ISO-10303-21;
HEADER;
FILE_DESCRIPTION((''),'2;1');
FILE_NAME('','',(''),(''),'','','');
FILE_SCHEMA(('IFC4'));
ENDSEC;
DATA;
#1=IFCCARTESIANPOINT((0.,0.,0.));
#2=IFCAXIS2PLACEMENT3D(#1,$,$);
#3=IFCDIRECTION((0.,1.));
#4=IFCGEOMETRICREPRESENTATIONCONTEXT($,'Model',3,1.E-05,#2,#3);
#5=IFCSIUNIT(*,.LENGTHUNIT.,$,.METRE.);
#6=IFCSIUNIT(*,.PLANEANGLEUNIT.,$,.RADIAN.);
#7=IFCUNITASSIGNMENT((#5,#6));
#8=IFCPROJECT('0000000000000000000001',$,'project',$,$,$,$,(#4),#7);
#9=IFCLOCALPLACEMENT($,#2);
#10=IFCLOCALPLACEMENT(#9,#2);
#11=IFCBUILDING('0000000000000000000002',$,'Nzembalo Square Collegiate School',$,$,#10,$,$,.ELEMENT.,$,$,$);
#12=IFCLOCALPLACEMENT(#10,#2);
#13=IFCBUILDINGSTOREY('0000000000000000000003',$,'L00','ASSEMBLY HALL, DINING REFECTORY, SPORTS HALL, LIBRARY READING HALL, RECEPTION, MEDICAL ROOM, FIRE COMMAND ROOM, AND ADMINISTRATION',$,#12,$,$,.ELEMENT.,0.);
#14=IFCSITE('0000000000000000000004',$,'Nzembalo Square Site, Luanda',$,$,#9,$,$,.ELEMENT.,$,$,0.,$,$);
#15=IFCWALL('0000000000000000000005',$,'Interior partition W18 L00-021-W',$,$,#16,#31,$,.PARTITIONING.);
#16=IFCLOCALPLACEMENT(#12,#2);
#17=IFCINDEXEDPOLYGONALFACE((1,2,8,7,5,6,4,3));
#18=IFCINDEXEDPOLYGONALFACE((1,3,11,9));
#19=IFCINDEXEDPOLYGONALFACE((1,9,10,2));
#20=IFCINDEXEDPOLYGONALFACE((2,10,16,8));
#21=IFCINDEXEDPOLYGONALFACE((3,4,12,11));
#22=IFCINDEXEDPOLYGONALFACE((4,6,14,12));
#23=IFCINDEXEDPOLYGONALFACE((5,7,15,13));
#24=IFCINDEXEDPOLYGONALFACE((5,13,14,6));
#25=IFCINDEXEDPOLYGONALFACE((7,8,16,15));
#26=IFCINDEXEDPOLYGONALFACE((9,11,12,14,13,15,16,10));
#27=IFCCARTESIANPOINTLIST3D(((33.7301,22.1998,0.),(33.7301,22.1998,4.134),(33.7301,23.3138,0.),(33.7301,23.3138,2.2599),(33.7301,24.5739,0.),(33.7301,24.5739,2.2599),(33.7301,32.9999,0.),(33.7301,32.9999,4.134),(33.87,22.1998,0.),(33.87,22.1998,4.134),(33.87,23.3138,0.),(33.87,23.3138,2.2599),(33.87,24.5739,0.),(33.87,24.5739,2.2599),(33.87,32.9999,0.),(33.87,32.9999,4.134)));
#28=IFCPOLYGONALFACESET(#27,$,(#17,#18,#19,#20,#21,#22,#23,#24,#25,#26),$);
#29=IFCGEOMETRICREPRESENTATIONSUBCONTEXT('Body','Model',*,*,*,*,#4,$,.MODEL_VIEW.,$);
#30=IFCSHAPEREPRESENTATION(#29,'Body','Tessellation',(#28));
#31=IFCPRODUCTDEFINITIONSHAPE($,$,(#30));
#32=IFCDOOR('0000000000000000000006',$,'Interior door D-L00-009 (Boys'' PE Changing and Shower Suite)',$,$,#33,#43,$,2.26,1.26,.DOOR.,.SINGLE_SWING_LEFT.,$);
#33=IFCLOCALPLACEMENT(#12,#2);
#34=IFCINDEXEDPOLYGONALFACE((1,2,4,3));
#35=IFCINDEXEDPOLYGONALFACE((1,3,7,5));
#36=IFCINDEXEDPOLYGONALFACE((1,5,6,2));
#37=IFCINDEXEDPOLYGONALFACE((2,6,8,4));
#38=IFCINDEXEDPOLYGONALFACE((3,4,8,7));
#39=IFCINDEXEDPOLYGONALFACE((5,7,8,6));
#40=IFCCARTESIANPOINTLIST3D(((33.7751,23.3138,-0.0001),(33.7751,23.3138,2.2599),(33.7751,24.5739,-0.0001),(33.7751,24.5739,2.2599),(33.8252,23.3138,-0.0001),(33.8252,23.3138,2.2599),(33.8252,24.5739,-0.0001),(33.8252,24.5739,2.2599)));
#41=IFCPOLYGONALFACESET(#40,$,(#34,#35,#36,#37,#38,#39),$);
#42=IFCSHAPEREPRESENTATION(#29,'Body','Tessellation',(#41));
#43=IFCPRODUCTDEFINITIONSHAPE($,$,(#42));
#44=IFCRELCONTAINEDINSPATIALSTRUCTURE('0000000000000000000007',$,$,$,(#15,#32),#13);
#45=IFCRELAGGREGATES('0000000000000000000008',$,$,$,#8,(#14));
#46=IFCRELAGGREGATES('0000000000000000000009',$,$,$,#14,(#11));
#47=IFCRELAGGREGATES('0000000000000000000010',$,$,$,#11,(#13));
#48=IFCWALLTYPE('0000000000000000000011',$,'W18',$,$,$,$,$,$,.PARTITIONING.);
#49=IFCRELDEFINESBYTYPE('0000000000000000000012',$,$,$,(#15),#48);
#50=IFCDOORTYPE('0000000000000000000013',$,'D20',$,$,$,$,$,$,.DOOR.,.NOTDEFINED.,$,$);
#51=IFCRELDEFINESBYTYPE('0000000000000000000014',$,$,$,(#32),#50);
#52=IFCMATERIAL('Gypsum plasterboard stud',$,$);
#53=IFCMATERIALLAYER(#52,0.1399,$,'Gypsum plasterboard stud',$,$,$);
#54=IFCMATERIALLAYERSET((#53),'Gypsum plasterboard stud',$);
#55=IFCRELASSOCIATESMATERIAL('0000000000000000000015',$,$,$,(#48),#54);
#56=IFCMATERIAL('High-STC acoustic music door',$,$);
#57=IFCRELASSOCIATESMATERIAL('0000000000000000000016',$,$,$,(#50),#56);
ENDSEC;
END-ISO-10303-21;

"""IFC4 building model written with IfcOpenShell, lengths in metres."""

from ifc_helpers import new_model, si_unit, direction, frame, frame_2d, origin, place, context, subcontext, project, spatial, rectangle, extrude, material, layer, layer_set, type_object, element, fill, save


model = new_model("IFC4")

# Units and contexts
model_context = context("Model", 3, precision=1e-05, world=origin(), true_north=direction((0.0, 1.0)))
body_context = subcontext(model_context, "Body", "Model", "MODEL_VIEW")
ifc_project = project(units=[si_unit("LENGTHUNIT", "METRE"), si_unit("PLANEANGLEUNIT", "RADIAN")], contexts=[model_context])

# Site, building, storey
site_placement = place(None, origin())
site = spatial("IfcSite", under=ifc_project, at=site_placement, Name="Nzembalo Square Site, Luanda", CompositionType="ELEMENT", RefElevation=0.0)
building_placement = place(site_placement, origin())
building = spatial("IfcBuilding", under=site, at=building_placement, Name="Nzembalo Square Collegiate School", CompositionType="ELEMENT")
storey_placement = place(building_placement, origin())
storey = spatial("IfcBuildingStorey", under=building, at=storey_placement, Name="L00", Description="ASSEMBLY HALL, DINING REFECTORY, SPORTS HALL, LIBRARY READING HALL, RECEPTION, MEDICAL ROOM, FIRE COMMAND ROOM, AND ADMINISTRATION", CompositionType="ELEMENT", Elevation=0.0)

# Wall, opening, door
ifc_material_1 = material(Name="Gypsum plasterboard stud")
ifc_layer_1 = layer(ifc_material_1, 0.1399, Name="Gypsum plasterboard stud")
ifc_layer_set_1 = layer_set([ifc_layer_1], Name="Gypsum plasterboard stud")
wall_type_1 = type_object("IfcWallType", Name="W18", PredefinedType="PARTITIONING", material=ifc_layer_set_1)
wall_1_placement = place(storey_placement, frame((33.8, 22.2, 0.0), z_axis=(0.0, 0.0, 1.0), x_axis=(0.0, 1.0, 0.0)))
wall_1 = element("IfcWall", 1, at=wall_1_placement, inside=storey, type_object=wall_type_1, Name="Interior partition W18 L00-021-W", PredefinedType="PARTITIONING", context=body_context, shape_type="SweptSolid", body=[
    extrude(rectangle(XDim=10.8, YDim=0.1399, at=frame_2d((5.3999, 0.0))), origin(), (0.0, 0.0, 1.0), 4.134),
])
opening_placement = place(wall_1_placement, frame((1.114, 0.0, 0.0)))
opening = element("IfcOpeningElement", 2, at=opening_placement, cuts=wall_1, PredefinedType="OPENING", context=body_context, shape_type="SweptSolid", body=[
    extrude(rectangle(XDim=1.26, YDim=2.26, at=frame_2d((0.6299, 1.1299))), frame((0.0, 0.0801, 0.0), z_axis=(0.0, -1.0, 0.0), x_axis=(1.0, 0.0, 0.0)), (0.0, 0.0, 1.0), 0.1599),
])
ifc_material_2 = material(Name="High-STC acoustic music door")
door_type = type_object("IfcDoorType", Name="D20", OperationType="NOTDEFINED", PredefinedType="DOOR", material=ifc_material_2)
door_placement = place(opening_placement, origin())
door = element("IfcDoor", 3, at=door_placement, inside=storey, type_object=door_type, Name="Interior door D-L00-009 (Boys' PE Changing and Shower Suite)", OperationType="SINGLE_SWING_LEFT", OverallHeight=2.26, OverallWidth=1.26, PredefinedType="DOOR", context=body_context, shape_type="SweptSolid", body=[
    extrude(rectangle(XDim=1.26, YDim=2.26, at=frame_2d((0.6299, 1.1299))), frame((0.0, 0.0249, 0.0), z_axis=(0.0, -1.0, 0.0), x_axis=(1.0, 0.0, 0.0)), (0.0, 0.0, 1.0), 0.05),
])
fill(opening, door)

save(model, "model.ifc")
